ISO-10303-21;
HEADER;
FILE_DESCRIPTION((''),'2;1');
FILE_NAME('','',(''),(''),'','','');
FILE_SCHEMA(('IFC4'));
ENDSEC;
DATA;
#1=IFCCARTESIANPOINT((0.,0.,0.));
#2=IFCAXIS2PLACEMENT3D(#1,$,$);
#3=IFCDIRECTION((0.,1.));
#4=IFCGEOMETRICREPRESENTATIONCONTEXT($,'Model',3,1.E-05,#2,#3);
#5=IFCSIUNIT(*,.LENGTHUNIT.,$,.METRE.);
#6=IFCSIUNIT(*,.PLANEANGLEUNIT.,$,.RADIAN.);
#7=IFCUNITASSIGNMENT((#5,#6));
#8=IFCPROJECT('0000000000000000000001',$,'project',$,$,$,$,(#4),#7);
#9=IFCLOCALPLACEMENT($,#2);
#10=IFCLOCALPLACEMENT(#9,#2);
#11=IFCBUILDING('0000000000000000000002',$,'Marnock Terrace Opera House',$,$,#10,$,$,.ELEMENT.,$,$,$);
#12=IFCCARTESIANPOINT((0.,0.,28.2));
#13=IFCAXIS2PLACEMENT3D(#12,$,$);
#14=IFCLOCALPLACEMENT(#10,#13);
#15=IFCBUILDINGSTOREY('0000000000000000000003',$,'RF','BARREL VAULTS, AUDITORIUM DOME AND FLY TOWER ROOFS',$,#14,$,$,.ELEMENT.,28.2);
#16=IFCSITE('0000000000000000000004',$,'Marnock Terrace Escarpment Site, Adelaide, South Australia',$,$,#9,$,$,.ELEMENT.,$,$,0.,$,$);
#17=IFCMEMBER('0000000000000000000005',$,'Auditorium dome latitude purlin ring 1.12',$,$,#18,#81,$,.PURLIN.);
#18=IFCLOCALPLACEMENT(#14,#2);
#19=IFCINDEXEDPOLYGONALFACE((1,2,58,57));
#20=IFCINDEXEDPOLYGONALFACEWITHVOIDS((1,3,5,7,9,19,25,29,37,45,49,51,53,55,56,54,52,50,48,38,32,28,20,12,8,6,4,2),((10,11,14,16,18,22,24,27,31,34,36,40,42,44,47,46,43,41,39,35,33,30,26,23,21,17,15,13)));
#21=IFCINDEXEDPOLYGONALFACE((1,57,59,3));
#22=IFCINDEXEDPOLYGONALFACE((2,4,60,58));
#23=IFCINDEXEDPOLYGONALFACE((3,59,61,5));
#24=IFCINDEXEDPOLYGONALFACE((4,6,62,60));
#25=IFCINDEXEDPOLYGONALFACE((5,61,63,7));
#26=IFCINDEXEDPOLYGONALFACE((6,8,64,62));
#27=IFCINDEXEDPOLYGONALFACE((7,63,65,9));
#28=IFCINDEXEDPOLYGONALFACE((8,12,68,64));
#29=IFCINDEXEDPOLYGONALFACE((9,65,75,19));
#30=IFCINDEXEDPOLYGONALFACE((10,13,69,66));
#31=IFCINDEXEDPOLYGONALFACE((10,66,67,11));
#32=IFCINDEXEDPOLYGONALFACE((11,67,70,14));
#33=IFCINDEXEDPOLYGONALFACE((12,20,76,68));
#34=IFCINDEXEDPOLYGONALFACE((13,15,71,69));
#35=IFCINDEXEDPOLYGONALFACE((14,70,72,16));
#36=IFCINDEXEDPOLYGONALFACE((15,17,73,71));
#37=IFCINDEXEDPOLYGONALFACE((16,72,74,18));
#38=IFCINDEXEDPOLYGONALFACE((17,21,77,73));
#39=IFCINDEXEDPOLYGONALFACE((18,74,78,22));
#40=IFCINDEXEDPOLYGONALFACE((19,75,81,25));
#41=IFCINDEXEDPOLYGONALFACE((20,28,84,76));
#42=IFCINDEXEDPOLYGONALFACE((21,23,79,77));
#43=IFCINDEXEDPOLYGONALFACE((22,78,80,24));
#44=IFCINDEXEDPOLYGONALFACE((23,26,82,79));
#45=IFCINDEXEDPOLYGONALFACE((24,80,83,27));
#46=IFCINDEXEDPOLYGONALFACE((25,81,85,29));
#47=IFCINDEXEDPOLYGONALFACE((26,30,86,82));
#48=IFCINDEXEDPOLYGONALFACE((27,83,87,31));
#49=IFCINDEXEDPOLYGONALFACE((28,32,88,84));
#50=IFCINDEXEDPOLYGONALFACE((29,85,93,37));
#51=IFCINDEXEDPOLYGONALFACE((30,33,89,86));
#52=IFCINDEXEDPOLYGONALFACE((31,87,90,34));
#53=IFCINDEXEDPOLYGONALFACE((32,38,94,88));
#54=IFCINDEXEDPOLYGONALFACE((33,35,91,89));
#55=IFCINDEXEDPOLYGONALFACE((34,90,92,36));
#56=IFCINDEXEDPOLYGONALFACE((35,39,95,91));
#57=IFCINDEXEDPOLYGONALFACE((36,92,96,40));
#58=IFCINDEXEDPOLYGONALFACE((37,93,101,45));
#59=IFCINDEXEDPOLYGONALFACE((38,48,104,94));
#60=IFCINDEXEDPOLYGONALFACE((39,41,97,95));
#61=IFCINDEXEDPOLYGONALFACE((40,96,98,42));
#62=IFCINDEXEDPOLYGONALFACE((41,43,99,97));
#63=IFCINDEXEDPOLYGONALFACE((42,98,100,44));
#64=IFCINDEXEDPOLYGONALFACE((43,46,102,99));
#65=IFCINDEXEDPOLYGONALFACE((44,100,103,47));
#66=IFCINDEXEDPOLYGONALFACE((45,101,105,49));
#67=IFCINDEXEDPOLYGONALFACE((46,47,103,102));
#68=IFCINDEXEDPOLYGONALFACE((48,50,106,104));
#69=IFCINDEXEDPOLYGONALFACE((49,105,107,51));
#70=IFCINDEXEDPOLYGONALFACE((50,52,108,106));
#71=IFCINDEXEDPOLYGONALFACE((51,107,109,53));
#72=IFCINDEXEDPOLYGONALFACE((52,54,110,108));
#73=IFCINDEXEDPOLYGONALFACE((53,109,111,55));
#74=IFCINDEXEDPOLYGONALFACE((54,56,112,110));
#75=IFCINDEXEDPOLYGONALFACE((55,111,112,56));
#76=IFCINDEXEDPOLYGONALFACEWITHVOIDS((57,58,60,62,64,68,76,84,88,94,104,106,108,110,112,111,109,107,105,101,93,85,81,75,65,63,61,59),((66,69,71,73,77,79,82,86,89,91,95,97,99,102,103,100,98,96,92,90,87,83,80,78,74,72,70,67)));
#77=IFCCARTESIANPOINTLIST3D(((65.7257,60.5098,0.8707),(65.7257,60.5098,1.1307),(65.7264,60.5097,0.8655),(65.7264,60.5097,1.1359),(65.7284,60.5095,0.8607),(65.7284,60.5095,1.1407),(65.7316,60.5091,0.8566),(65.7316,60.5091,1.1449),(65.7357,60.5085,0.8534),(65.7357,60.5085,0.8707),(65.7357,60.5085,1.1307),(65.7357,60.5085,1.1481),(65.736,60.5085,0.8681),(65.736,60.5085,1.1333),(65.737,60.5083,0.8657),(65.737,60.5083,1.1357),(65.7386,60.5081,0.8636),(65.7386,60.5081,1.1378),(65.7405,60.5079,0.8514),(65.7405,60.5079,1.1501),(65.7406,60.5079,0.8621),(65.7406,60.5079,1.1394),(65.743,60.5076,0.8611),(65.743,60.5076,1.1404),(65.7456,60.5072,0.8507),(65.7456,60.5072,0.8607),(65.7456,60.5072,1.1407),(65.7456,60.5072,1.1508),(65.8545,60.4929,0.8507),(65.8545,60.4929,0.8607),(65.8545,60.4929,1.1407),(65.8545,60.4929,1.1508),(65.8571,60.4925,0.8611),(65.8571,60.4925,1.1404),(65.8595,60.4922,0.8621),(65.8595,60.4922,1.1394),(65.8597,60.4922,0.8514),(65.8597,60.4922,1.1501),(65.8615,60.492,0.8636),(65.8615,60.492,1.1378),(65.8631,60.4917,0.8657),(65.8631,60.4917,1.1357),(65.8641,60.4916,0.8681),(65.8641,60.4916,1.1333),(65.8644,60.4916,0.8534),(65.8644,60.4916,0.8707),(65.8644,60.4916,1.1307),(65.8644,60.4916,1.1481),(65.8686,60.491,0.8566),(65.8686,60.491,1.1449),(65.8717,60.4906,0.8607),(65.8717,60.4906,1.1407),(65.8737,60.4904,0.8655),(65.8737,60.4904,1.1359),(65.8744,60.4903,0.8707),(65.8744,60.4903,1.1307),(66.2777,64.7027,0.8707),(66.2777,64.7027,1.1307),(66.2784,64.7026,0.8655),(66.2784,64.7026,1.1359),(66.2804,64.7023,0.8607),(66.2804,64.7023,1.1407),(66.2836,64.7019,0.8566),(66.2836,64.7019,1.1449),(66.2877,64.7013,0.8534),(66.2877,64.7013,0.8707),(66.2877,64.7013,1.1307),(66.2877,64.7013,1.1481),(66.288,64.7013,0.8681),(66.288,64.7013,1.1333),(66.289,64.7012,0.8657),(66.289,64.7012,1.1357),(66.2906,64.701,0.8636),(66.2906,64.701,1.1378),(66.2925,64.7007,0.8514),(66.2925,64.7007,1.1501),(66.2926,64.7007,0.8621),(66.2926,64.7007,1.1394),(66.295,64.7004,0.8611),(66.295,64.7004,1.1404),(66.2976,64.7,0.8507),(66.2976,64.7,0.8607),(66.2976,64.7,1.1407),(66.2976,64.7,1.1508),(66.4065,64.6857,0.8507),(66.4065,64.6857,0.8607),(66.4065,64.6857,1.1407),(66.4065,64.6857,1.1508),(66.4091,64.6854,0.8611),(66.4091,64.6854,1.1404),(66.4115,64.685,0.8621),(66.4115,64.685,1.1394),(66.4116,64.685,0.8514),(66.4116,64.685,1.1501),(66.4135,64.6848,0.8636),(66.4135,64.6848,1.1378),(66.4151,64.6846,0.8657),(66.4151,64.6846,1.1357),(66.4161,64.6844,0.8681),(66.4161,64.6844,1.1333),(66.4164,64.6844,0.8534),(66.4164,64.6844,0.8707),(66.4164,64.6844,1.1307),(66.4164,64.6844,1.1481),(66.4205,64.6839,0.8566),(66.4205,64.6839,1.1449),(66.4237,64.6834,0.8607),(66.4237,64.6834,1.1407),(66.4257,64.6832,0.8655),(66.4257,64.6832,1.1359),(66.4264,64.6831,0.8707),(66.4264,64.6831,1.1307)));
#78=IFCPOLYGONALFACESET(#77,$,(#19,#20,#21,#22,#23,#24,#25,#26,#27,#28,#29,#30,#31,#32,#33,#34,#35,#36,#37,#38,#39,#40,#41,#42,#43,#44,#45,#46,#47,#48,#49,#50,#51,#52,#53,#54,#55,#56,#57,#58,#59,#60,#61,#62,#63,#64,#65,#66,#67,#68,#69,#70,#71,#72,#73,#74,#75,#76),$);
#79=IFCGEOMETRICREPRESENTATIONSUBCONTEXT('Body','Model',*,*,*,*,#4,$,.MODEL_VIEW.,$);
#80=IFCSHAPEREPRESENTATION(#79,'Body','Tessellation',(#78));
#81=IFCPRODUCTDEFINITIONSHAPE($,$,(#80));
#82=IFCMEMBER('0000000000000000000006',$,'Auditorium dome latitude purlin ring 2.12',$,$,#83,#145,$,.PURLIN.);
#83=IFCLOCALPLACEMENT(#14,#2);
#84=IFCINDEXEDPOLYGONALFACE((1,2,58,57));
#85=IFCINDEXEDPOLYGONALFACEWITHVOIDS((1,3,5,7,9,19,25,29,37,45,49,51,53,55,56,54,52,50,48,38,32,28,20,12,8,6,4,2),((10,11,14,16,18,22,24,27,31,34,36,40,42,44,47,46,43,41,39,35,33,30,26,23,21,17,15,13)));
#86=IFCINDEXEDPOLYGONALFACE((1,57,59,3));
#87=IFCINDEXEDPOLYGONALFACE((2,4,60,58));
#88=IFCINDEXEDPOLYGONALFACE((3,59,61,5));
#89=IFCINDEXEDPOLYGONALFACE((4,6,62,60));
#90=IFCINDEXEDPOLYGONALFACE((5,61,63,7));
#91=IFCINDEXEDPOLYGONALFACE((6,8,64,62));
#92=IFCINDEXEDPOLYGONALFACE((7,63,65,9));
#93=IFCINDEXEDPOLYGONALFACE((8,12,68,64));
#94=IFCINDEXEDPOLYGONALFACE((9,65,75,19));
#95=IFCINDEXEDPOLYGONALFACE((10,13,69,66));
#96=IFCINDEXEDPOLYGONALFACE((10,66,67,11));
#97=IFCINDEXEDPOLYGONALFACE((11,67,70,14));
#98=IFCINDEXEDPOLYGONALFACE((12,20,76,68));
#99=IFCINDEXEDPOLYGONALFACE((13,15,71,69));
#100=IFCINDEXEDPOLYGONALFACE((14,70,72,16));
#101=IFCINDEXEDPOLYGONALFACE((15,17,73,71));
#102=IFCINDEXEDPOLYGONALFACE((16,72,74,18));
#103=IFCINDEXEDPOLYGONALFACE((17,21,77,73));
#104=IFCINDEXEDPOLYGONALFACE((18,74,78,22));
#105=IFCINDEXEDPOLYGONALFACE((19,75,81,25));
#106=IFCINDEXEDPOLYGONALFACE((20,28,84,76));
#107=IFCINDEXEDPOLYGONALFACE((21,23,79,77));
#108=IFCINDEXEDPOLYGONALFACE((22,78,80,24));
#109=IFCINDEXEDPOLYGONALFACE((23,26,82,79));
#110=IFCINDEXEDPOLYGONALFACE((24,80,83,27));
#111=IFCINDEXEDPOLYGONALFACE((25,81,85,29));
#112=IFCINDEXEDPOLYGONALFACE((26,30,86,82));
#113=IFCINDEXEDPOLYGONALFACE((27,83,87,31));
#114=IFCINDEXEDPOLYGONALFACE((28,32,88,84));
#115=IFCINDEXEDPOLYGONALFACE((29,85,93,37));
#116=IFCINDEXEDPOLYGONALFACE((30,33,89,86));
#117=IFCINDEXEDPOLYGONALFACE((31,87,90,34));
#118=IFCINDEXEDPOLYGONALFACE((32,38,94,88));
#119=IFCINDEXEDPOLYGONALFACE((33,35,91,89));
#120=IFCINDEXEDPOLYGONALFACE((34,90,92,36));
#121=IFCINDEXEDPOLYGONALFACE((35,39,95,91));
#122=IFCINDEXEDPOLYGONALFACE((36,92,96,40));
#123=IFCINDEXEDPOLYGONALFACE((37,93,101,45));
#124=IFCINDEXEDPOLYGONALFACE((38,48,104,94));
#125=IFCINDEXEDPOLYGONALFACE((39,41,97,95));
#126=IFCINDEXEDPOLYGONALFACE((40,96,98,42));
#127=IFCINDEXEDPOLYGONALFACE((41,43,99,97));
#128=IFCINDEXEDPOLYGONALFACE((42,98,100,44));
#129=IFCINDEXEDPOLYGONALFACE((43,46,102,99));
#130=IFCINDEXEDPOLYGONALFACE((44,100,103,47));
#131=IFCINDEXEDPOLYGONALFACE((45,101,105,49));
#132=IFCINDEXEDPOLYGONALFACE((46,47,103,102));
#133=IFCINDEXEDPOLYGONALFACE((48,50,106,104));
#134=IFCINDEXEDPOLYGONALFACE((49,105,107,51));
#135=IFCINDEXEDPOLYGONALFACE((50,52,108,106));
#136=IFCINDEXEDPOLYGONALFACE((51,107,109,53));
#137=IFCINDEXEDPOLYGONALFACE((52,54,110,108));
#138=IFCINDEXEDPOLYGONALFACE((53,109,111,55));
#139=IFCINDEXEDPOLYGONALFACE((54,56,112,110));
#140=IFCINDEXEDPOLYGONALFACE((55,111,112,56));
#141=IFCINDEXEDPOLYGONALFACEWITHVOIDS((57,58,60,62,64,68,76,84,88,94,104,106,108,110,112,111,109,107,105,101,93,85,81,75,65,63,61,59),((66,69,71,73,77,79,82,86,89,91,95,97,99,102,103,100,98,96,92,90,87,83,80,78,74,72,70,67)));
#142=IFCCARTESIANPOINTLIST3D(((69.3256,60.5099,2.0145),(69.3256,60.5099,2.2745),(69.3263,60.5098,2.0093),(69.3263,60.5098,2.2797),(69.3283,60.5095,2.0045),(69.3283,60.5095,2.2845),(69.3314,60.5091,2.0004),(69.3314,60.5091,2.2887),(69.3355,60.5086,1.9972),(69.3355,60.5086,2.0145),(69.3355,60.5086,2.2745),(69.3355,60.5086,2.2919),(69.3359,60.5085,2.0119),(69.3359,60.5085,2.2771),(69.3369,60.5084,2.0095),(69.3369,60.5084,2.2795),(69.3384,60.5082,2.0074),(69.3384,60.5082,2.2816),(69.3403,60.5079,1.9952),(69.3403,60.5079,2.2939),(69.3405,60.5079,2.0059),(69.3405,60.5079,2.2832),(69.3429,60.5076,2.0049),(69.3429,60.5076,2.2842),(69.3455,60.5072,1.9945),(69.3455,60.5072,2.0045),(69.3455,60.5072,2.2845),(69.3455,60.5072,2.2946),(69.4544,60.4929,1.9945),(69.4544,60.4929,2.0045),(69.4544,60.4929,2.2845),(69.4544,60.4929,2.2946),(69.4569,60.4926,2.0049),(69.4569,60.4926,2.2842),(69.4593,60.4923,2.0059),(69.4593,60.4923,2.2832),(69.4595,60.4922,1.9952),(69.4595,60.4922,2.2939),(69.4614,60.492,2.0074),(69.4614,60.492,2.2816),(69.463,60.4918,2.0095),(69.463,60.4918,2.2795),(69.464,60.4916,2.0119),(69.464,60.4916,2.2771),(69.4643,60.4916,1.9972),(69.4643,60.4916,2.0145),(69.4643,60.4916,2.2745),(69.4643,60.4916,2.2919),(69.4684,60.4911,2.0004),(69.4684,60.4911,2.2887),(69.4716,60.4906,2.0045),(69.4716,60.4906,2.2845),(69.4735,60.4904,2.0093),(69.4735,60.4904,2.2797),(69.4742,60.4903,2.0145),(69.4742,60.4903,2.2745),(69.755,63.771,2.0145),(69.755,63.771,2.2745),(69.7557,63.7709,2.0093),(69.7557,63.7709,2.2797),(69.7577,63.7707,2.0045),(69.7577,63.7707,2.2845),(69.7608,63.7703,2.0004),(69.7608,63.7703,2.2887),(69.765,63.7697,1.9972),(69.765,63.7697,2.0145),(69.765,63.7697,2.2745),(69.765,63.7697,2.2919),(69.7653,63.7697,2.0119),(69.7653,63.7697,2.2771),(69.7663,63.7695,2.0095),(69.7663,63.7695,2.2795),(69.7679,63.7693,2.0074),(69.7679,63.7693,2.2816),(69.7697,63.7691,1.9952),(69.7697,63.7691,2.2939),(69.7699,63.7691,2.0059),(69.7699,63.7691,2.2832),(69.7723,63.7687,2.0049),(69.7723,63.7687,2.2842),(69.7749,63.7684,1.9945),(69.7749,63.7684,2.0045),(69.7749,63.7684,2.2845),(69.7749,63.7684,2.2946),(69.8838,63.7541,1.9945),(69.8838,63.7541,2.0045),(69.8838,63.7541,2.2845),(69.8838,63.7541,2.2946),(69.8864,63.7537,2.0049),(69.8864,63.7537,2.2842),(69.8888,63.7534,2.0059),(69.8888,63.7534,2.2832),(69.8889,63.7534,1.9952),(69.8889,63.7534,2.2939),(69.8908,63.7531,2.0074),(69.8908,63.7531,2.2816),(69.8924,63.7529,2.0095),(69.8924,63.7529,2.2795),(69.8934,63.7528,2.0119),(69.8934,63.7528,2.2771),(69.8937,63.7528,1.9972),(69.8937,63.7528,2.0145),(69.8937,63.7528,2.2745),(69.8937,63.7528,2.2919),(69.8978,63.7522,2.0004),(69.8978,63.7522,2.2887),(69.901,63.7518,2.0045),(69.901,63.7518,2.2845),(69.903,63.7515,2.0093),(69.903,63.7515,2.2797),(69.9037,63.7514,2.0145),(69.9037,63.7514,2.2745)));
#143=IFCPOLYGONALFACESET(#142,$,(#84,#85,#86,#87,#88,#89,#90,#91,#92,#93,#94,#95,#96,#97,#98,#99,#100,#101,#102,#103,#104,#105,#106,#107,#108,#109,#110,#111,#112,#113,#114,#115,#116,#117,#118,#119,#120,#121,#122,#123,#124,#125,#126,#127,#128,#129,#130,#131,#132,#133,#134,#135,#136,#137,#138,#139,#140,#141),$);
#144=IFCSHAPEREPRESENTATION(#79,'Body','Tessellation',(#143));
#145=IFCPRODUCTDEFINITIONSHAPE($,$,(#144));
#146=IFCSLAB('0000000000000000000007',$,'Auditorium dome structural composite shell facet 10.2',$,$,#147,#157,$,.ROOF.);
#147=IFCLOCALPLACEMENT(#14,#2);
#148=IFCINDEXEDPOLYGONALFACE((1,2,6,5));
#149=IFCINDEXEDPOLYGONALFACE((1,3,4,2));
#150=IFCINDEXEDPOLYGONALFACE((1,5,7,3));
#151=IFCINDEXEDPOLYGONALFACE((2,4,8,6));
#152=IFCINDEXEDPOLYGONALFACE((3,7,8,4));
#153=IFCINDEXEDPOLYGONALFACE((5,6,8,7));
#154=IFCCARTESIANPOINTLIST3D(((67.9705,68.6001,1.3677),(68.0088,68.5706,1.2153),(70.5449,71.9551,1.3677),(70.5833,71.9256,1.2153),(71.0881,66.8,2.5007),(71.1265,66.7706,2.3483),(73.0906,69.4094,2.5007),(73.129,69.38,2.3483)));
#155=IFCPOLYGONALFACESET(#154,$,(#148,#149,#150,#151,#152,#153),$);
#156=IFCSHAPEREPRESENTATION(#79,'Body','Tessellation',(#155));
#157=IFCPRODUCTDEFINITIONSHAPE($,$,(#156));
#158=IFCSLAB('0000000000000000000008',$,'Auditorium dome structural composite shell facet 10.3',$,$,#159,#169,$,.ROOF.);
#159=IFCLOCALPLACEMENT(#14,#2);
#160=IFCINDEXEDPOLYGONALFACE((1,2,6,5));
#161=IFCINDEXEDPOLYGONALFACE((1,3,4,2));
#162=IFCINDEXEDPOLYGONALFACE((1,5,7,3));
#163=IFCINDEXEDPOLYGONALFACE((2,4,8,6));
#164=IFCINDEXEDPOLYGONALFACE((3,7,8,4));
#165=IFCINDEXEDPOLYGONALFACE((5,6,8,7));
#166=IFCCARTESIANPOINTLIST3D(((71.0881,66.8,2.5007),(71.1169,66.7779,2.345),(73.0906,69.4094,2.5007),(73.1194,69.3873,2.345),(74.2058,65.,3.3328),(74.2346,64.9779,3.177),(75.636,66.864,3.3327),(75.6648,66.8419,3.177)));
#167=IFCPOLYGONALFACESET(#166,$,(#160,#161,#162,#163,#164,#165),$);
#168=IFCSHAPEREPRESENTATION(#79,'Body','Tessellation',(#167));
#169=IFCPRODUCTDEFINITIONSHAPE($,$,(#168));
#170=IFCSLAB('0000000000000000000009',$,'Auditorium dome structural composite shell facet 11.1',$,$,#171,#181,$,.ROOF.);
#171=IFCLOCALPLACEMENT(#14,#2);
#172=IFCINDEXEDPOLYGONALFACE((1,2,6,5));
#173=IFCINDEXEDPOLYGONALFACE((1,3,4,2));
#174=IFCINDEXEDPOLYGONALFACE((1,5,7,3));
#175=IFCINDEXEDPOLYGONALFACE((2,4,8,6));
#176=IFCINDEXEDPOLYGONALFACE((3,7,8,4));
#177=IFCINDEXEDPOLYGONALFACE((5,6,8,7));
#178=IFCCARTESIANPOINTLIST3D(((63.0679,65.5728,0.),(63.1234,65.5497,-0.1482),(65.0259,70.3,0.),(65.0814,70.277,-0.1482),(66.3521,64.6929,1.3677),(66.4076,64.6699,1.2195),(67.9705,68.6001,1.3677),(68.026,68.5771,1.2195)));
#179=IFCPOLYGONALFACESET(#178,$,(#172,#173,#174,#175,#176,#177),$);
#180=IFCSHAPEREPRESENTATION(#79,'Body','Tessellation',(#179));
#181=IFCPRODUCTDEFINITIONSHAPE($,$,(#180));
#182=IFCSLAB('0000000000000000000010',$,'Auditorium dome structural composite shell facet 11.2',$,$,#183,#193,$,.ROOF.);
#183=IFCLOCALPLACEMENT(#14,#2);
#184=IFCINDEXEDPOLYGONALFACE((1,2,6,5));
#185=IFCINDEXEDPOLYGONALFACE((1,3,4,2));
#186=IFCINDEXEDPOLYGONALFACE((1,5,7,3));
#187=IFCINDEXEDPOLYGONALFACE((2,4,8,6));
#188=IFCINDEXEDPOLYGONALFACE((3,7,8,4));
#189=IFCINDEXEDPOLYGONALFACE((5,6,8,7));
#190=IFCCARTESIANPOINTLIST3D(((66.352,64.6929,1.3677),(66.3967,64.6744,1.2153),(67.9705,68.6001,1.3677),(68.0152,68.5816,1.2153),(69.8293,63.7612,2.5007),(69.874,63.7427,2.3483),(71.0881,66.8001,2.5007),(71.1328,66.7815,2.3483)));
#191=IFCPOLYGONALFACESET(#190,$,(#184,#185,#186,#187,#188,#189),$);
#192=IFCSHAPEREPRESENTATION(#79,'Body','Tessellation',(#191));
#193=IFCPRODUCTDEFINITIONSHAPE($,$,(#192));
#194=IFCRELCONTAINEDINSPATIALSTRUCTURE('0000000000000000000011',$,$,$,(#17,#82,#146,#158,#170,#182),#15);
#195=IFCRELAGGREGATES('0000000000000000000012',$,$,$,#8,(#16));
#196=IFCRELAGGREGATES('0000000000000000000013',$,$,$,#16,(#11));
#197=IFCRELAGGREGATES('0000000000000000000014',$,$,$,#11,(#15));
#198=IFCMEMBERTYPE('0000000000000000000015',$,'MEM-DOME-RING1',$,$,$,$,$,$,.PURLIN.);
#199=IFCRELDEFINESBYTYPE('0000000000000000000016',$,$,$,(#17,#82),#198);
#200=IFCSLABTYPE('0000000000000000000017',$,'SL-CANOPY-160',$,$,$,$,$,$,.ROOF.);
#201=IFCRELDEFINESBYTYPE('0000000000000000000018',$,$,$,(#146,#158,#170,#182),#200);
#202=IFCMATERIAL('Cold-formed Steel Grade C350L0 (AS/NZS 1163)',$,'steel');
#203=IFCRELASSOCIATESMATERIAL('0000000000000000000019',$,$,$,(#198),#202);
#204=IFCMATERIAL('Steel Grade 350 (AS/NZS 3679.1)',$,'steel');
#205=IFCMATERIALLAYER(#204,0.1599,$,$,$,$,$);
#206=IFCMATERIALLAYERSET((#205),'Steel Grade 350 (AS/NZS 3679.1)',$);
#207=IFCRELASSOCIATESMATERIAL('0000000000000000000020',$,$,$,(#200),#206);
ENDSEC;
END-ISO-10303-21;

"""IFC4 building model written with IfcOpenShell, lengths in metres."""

from ifc_helpers import new_model, si_unit, direction, frame, origin, origin_2d, place, context, subcontext, project, spatial, polyline, hollow_rectangle, outline, extrude, material, layer, layer_set, material_profile, profile_set, type_object, element, save


model = new_model("IFC4")

# Units and contexts
model_context = context("Model", 3, precision=1e-05, world=origin(), true_north=direction((0.0, 1.0)))
body_context = subcontext(model_context, "Body", "Model", "MODEL_VIEW")
ifc_project = project(units=[si_unit("LENGTHUNIT", "METRE"), si_unit("PLANEANGLEUNIT", "RADIAN")], contexts=[model_context])

# Site, building, storey
site_placement = place(None, origin())
site = spatial("IfcSite", under=ifc_project, at=site_placement, Name="Marnock Terrace Escarpment Site, Adelaide, South Australia", CompositionType="ELEMENT", RefElevation=0.0)
building_placement = place(site_placement, origin())
building = spatial("IfcBuilding", under=site, at=building_placement, Name="Marnock Terrace Opera House", CompositionType="ELEMENT")
storey_placement = place(building_placement, frame((0.0, 0.0, 28.2)))
storey = spatial("IfcBuildingStorey", under=building, at=storey_placement, Name="RF", Description="BARREL VAULTS, AUDITORIUM DOME AND FLY TOWER ROOFS", CompositionType="ELEMENT", Elevation=28.2)

# Shared definitions
ifc_material_1 = material(Name="Steel Grade 350 (AS/NZS 3679.1)", Category="steel")

# Members
ifc_material_2 = material(Name="Cold-formed Steel Grade C350L0 (AS/NZS 1163)", Category="steel")
ifc_material_profile_1 = material_profile(ifc_material_2, hollow_rectangle(XDim=0.1499, YDim=0.3, WallThickness=0.01, InnerFilletRadius=0.01, OuterFilletRadius=0.02, at=origin_2d()))
ifc_profile_set_1 = profile_set([ifc_material_profile_1], Name="Cold-formed Steel Grade C350L0 (AS/NZS 1163)")
member_type_1 = type_object("IfcMemberType", Name="MEM-DOME-RING1", PredefinedType="PURLIN", material=ifc_profile_set_1)
member_1_placement = place(storey_placement, frame((66.3521, 64.6929, 1.0007), z_axis=(-0.130526, -0.991445, 0.0), x_axis=(0.991445, -0.130526, 0.0)))
element("IfcMember", 1, at=member_1_placement, inside=storey, type_object=member_type_1, Name="Auditorium dome latitude purlin ring 1.12", PredefinedType="PURLIN", context=body_context, shape_type="SweptSolid", body=[
    extrude(hollow_rectangle(XDim=0.1499, YDim=0.3, WallThickness=0.01, InnerFilletRadius=0.01, OuterFilletRadius=0.02, at=origin_2d()), origin(), (0.0, 0.0, 1.0), 4.229),
])
member_2_placement = place(storey_placement, frame((69.8293, 63.7612, 2.1445), z_axis=(-0.130554, -0.991441, 0.0), x_axis=(0.991441, -0.130554, 0.0)))
element("IfcMember", 2, at=member_2_placement, inside=storey, type_object=member_type_1, Name="Auditorium dome latitude purlin ring 2.12", PredefinedType="PURLIN", context=body_context, shape_type="SweptSolid", body=[
    extrude(hollow_rectangle(XDim=0.1499, YDim=0.3, WallThickness=0.01, InnerFilletRadius=0.01, OuterFilletRadius=0.02, at=origin_2d()), origin(), (0.0, 0.0, 1.0), 3.2893),
])

# Slabs
ifc_layer_1 = layer(ifc_material_1, 0.1599)
ifc_layer_set_1 = layer_set([ifc_layer_1], Name="Steel Grade 350 (AS/NZS 3679.1)")
slab_type = type_object("IfcSlabType", Name="SL-CANOPY-160", PredefinedType="ROOF", material=ifc_layer_set_1)
slab_1_placement = place(storey_placement, frame((70.5449, 71.9551, 1.3677), z_axis=(-0.240038, 0.1842, 0.953127), x_axis=(-0.608777, -0.793342, 0.000004)))
element("IfcSlab", 3, at=slab_1_placement, inside=storey, type_object=slab_type, Name="Auditorium dome structural composite shell facet 10.2", PredefinedType="ROOF", context=body_context, shape_type="SweptSolid", body=[
    extrude(outline(polyline([(0.0, 0.0), (4.2289, 0.0), (3.759, 3.7447), (0.4698, 3.7448), (0.0, 0.0)])), origin(), (0.0, 0.0, -1.0), 0.1599),
])
slab_2_placement = place(storey_placement, frame((73.0906, 69.4094, 2.5007), z_axis=(-0.180117, 0.138211, 0.973887), x_axis=(-0.608798, -0.793326, -0.000009)))
element("IfcSlab", 4, at=slab_2_placement, inside=storey, type_object=slab_type, Name="Auditorium dome structural composite shell facet 10.3", PredefinedType="ROOF", context=body_context, shape_type="SweptSolid", body=[
    extrude(outline(polyline([(0.0, 0.0), (3.2892, 0.0), (2.8191, 3.6649), (0.4697, 3.6647), (0.0, 0.0)])), origin(), (0.0, 0.0, -1.0), 0.1599),
])
slab_3_placement = place(storey_placement, frame((65.0259, 70.3, 0.0), z_axis=(-0.347343, 0.143869, 0.926636), x_axis=(-0.382667, -0.923886, 0.000002)))
element("IfcSlab", 5, at=slab_3_placement, inside=storey, type_object=slab_type, Name="Auditorium dome structural composite shell facet 11.1", PredefinedType="ROOF", context=body_context, shape_type="SweptSolid", body=[
    extrude(outline(polyline([(0.0, 0.0), (5.1167, 0.0), (4.6729, 3.6378), (0.4438, 3.6379), (0.0, 0.0)])), origin(), (0.0, 0.0, -1.0), 0.1599),
])
slab_4_placement = place(storey_placement, frame((67.9705, 68.6001, 1.3677), z_axis=(-0.279543, 0.115793, 0.953125), x_axis=(-0.382681, -0.923881, 0.000003)))
element("IfcSlab", 6, at=slab_4_placement, inside=storey, type_object=slab_type, Name="Auditorium dome structural composite shell facet 11.2", PredefinedType="ROOF", context=body_context, shape_type="SweptSolid", body=[
    extrude(outline(polyline([(0.0, 0.0), (4.2291, 0.0), (3.7592, 3.7447), (0.47, 3.7447), (0.0, 0.0)])), origin(), (0.0, 0.0, -1.0), 0.1599),
])

save(model, "model.ifc")
